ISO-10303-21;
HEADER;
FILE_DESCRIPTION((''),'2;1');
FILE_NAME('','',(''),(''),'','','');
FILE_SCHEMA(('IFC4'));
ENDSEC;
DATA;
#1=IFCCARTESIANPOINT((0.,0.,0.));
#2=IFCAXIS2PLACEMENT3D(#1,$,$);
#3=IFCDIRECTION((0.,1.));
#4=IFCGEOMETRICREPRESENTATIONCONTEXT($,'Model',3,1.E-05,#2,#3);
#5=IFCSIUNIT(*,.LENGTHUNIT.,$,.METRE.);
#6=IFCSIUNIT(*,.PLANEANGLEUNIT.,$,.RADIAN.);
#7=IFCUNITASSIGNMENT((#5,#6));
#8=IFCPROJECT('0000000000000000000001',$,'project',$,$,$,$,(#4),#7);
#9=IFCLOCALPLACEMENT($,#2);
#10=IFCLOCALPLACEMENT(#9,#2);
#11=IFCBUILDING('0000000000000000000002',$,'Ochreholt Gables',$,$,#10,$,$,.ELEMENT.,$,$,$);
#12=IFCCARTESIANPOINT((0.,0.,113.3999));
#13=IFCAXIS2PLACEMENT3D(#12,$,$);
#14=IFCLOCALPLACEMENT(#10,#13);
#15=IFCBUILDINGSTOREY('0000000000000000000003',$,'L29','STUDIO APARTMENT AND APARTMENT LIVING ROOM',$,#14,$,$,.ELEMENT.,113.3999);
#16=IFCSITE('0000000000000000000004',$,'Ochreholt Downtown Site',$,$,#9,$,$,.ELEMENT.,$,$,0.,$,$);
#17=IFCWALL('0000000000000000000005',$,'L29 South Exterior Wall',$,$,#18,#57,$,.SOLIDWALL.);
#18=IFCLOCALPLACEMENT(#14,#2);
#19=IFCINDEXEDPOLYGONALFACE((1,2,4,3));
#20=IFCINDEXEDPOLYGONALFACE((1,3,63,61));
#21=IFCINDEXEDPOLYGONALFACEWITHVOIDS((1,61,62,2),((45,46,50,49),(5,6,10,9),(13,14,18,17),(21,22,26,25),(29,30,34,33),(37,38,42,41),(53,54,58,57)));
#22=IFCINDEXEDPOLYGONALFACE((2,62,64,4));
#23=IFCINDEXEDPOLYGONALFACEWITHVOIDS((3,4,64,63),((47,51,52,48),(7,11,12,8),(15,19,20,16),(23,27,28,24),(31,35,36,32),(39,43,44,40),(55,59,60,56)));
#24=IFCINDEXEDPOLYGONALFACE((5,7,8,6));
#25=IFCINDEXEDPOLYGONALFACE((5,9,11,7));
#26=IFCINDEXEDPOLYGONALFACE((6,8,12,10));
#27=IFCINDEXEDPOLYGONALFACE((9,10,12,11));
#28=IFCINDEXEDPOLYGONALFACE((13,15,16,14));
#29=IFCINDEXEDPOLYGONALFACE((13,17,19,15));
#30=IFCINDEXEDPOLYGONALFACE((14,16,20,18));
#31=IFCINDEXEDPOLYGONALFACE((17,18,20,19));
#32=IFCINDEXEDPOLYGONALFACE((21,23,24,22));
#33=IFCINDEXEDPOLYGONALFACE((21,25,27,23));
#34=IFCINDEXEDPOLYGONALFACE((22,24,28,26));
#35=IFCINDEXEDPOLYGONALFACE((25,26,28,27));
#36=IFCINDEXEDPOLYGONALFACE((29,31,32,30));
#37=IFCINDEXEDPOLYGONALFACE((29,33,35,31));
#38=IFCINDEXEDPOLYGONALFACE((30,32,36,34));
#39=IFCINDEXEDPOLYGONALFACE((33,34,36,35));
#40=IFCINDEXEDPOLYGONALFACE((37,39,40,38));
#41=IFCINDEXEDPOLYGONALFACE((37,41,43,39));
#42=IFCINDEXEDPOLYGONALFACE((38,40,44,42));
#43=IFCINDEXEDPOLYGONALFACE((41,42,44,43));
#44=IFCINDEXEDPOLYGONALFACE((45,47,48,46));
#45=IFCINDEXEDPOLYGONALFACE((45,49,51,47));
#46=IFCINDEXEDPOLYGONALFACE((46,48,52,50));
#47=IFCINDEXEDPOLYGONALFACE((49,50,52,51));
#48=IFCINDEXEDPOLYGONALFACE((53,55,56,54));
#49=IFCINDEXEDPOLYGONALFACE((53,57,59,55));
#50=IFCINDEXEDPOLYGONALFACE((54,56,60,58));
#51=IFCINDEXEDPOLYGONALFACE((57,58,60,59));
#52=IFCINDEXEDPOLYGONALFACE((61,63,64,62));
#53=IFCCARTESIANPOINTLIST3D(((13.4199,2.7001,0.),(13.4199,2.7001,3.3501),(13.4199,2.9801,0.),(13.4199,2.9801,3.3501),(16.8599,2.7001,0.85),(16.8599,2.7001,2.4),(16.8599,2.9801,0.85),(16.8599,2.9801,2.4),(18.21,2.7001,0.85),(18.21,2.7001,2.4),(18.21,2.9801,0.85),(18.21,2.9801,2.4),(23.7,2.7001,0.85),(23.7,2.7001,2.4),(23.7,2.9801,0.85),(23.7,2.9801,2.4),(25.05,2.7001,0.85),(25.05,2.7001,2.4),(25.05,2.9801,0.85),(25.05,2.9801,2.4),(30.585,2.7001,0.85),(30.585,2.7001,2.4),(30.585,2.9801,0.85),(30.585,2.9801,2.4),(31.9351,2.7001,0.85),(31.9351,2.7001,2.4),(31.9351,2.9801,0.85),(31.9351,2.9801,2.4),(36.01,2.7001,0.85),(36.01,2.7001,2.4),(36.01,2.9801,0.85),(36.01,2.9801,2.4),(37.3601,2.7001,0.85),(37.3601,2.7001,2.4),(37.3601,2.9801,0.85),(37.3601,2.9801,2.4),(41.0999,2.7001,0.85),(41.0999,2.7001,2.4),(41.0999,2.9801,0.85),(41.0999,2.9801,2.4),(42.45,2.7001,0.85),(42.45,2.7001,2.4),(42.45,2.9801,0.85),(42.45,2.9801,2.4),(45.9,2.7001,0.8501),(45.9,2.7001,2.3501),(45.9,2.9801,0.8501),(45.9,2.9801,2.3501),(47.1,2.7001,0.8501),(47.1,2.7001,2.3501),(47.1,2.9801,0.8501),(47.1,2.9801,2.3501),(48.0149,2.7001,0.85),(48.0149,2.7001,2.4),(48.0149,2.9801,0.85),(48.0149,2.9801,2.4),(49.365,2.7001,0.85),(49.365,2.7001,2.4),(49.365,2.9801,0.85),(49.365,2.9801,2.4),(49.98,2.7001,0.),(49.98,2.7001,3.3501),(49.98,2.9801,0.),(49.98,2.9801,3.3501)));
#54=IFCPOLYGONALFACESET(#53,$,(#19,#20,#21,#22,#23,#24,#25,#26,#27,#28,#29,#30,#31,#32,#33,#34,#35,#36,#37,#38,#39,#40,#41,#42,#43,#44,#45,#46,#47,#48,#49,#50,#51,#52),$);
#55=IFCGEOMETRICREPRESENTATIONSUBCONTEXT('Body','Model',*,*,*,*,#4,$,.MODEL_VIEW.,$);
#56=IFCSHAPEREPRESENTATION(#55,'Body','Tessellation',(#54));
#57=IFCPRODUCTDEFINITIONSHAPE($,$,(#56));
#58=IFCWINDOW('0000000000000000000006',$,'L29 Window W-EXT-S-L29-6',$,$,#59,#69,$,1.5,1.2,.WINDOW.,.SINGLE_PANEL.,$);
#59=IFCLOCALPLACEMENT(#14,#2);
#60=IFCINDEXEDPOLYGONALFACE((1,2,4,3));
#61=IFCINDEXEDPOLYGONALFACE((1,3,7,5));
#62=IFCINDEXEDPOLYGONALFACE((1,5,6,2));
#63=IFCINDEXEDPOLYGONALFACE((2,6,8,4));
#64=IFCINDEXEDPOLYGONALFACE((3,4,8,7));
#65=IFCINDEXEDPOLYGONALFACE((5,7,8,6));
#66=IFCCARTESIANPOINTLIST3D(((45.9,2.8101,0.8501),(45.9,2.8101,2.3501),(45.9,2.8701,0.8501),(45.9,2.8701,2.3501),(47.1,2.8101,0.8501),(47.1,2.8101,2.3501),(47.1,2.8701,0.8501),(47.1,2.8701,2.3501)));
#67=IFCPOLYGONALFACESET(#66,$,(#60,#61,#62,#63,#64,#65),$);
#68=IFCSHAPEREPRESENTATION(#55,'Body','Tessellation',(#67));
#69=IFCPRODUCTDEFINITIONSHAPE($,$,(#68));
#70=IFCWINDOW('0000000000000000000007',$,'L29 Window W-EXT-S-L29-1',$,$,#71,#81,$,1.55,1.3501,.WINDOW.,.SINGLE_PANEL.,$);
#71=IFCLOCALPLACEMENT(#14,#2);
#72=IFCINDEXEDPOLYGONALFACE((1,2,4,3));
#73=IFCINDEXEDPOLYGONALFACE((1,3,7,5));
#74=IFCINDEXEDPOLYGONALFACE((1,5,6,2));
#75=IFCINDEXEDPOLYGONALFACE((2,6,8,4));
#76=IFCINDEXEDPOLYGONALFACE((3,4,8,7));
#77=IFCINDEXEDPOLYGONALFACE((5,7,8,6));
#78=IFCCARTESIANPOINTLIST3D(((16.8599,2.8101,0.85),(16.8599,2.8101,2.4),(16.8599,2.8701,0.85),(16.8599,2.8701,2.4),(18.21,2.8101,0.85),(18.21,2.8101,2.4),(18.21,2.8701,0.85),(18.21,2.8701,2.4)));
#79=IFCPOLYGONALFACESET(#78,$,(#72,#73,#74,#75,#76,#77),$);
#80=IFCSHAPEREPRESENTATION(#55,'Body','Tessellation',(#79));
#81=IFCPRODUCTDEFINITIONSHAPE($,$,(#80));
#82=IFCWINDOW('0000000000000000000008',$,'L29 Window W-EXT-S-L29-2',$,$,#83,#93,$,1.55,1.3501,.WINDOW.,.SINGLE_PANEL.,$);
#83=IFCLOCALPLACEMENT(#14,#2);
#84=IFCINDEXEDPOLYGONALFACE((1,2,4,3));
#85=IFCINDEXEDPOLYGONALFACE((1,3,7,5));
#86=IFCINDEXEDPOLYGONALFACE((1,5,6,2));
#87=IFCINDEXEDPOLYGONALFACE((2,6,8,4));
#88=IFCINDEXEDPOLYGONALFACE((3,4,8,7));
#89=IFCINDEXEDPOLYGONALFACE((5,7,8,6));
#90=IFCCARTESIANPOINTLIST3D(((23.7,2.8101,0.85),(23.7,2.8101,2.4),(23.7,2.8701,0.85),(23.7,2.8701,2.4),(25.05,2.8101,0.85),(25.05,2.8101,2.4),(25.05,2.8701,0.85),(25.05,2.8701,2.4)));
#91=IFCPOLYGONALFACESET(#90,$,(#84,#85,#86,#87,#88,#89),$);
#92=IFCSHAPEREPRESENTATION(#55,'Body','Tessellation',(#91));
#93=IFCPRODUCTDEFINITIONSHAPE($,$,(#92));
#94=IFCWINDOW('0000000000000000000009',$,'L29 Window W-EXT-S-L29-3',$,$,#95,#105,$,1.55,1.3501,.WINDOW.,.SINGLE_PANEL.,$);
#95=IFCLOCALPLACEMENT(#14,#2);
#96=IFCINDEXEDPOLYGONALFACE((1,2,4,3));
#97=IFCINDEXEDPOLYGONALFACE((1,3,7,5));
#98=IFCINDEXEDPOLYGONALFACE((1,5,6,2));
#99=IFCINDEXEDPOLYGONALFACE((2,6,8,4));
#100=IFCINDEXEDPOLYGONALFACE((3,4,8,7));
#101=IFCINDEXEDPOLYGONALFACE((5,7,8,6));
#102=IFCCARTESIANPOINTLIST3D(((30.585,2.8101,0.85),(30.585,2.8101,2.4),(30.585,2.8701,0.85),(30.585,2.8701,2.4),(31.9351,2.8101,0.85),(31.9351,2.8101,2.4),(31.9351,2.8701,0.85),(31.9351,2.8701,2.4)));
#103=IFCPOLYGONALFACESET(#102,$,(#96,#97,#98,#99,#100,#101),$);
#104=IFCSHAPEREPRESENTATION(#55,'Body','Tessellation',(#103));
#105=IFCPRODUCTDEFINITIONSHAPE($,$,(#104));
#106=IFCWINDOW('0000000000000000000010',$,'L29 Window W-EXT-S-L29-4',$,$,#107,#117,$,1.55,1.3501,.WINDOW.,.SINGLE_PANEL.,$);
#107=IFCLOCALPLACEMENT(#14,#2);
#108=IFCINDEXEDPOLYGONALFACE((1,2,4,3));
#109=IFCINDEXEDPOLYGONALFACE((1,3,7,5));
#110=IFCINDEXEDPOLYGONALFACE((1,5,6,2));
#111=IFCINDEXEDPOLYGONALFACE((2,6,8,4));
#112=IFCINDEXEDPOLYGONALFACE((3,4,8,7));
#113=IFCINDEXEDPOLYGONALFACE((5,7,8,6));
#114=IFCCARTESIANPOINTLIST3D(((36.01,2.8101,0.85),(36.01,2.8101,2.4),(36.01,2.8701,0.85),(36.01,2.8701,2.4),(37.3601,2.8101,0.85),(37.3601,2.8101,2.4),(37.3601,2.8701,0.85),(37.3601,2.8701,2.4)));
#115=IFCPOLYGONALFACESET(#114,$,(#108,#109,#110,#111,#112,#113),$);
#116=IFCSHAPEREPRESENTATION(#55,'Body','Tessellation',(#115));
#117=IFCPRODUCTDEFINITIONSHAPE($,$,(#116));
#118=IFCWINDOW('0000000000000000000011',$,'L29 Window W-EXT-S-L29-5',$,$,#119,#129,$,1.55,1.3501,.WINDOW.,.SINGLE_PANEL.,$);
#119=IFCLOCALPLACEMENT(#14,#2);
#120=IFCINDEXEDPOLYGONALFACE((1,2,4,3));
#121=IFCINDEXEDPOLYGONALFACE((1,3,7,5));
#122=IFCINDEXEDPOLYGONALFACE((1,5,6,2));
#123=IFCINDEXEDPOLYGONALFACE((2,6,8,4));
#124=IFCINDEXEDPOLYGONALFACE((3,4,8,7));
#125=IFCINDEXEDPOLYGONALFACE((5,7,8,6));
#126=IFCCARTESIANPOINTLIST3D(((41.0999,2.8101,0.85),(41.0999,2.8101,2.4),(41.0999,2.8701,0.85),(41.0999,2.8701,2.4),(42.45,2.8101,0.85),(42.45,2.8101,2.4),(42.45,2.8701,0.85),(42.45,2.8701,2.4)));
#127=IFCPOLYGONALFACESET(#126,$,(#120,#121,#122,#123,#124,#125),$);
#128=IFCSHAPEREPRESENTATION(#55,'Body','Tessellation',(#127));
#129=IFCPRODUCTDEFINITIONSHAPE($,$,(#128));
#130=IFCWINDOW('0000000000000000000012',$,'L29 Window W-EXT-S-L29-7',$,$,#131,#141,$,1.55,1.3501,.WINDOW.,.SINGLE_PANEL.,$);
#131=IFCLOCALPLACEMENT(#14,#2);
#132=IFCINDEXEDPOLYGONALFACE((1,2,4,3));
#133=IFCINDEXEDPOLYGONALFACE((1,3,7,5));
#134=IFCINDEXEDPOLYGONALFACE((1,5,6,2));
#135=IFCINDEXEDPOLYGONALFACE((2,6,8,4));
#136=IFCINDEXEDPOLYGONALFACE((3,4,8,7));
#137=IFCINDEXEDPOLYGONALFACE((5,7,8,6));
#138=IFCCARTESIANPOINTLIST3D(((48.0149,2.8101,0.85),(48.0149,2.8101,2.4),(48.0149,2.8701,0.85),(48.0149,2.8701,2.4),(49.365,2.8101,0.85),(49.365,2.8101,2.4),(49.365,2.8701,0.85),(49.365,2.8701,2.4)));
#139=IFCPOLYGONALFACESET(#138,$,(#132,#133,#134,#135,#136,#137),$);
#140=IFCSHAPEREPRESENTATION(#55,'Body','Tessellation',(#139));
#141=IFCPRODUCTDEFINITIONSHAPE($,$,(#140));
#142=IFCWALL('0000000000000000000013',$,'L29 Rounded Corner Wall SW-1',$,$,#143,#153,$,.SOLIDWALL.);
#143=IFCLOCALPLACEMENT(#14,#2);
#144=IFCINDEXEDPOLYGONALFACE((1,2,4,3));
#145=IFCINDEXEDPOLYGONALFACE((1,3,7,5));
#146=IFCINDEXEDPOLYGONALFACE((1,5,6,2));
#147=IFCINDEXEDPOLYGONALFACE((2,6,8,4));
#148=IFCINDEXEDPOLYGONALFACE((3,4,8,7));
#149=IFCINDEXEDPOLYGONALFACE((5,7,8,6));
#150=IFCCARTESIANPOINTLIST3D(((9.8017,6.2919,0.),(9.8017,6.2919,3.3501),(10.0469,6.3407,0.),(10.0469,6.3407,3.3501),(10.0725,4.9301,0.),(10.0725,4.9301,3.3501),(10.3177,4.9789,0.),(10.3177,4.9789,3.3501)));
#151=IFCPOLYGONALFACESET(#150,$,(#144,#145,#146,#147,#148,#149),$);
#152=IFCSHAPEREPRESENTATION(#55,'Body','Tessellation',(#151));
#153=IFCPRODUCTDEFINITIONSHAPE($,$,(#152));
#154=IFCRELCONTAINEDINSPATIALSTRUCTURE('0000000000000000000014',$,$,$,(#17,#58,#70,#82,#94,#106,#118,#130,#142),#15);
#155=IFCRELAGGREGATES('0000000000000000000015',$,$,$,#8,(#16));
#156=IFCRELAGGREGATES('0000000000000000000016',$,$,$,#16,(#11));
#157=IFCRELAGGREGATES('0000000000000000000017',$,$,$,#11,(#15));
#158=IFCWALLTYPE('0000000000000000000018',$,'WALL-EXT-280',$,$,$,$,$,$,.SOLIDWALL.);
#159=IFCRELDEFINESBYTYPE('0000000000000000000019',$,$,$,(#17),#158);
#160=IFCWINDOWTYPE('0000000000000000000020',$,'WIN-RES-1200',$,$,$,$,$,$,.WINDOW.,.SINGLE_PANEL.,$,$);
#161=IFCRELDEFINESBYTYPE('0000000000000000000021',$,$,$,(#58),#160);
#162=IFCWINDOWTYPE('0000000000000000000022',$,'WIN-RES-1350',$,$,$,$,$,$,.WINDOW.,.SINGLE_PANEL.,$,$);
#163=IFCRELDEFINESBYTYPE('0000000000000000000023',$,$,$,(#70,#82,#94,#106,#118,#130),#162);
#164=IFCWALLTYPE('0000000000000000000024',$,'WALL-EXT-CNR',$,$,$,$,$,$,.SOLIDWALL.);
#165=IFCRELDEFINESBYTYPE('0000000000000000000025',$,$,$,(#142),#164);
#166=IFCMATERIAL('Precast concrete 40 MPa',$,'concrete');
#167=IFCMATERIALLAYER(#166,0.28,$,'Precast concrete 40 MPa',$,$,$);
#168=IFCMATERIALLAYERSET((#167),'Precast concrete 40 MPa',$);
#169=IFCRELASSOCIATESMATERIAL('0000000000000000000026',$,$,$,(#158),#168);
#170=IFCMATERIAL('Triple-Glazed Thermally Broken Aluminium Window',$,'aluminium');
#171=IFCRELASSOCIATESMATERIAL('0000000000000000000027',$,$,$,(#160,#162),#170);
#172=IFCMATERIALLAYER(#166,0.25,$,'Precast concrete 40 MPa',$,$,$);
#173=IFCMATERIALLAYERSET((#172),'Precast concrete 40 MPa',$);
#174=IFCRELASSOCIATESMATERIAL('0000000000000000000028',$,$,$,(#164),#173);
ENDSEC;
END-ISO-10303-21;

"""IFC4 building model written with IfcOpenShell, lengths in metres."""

from ifc_helpers import new_model, si_unit, direction, frame, frame_2d, origin, place, context, subcontext, project, spatial, rectangle, extrude, material, layer, layer_set, type_object, element, fill, save


model = new_model("IFC4")

# Units and contexts
model_context = context("Model", 3, precision=1e-05, world=origin(), true_north=direction((0.0, 1.0)))
body_context = subcontext(model_context, "Body", "Model", "MODEL_VIEW")
ifc_project = project(units=[si_unit("LENGTHUNIT", "METRE"), si_unit("PLANEANGLEUNIT", "RADIAN")], contexts=[model_context])

# Site, building, storey
site_placement = place(None, origin())
site = spatial("IfcSite", under=ifc_project, at=site_placement, Name="Ochreholt Downtown Site", CompositionType="ELEMENT", RefElevation=0.0)
building_placement = place(site_placement, origin())
building = spatial("IfcBuilding", under=site, at=building_placement, Name="Ochreholt Gables", CompositionType="ELEMENT")
storey_placement = place(building_placement, frame((0.0, 0.0, 113.3999)))
storey = spatial("IfcBuildingStorey", under=building, at=storey_placement, Name="L29", Description="STUDIO APARTMENT AND APARTMENT LIVING ROOM", CompositionType="ELEMENT", Elevation=113.3999)

# Wall, openings, windows
ifc_material_1 = material(Name="Precast concrete 40 MPa", Category="concrete")
ifc_layer_1 = layer(ifc_material_1, 0.28, Name="Precast concrete 40 MPa")
ifc_layer_set_1 = layer_set([ifc_layer_1], Name="Precast concrete 40 MPa")
wall_type_1 = type_object("IfcWallType", Name="WALL-EXT-280", PredefinedType="SOLIDWALL", material=ifc_layer_set_1)
wall_1_placement = place(storey_placement, frame((13.4199, 2.8401, 0.0), z_axis=(0.0, 0.0, 1.0), x_axis=(1.0, 0.0, 0.0)))
wall_1 = element("IfcWall", 1, at=wall_1_placement, inside=storey, type_object=wall_type_1, Name="L29 South Exterior Wall", PredefinedType="SOLIDWALL", context=body_context, shape_type="SweptSolid", body=[
    extrude(rectangle(XDim=36.5601, YDim=0.28, at=frame_2d((18.28, 0.0))), origin(), (0.0, 0.0, 1.0), 3.3501),
])
opening_1_placement = place(wall_1_placement, frame((3.4399, 0.0, 0.8501)))
opening_1 = element("IfcOpeningElement", 2, at=opening_1_placement, cuts=wall_1, PredefinedType="OPENING", context=body_context, shape_type="SweptSolid", body=[
    extrude(rectangle(XDim=1.3501, YDim=1.55, at=frame_2d((0.675, 0.7749))), frame((0.0, 0.1499, 0.0), z_axis=(0.0, -1.0, 0.0), x_axis=(1.0, 0.0, 0.0)), (0.0, 0.0, 1.0), 0.3),
])
opening_2_placement = place(wall_1_placement, frame((10.28, 0.0, 0.8501)))
opening_2 = element("IfcOpeningElement", 3, at=opening_2_placement, cuts=wall_1, PredefinedType="OPENING", context=body_context, shape_type="SweptSolid", body=[
    extrude(rectangle(XDim=1.3501, YDim=1.55, at=frame_2d((0.675, 0.7749))), frame((0.0, 0.1499, 0.0), z_axis=(0.0, -1.0, 0.0), x_axis=(1.0, 0.0, 0.0)), (0.0, 0.0, 1.0), 0.3),
])
opening_3_placement = place(wall_1_placement, frame((17.165, 0.0, 0.8501)))
opening_3 = element("IfcOpeningElement", 4, at=opening_3_placement, cuts=wall_1, PredefinedType="OPENING", context=body_context, shape_type="SweptSolid", body=[
    extrude(rectangle(XDim=1.3501, YDim=1.55, at=frame_2d((0.675, 0.7749))), frame((0.0, 0.1499, 0.0), z_axis=(0.0, -1.0, 0.0), x_axis=(1.0, 0.0, 0.0)), (0.0, 0.0, 1.0), 0.3),
])
opening_4_placement = place(wall_1_placement, frame((22.5901, 0.0, 0.8501)))
opening_4 = element("IfcOpeningElement", 5, at=opening_4_placement, cuts=wall_1, PredefinedType="OPENING", context=body_context, shape_type="SweptSolid", body=[
    extrude(rectangle(XDim=1.3501, YDim=1.55, at=frame_2d((0.675, 0.7749))), frame((0.0, 0.1499, 0.0), z_axis=(0.0, -1.0, 0.0), x_axis=(1.0, 0.0, 0.0)), (0.0, 0.0, 1.0), 0.3),
])
opening_5_placement = place(wall_1_placement, frame((27.6799, 0.0, 0.8501)))
opening_5 = element("IfcOpeningElement", 6, at=opening_5_placement, cuts=wall_1, PredefinedType="OPENING", context=body_context, shape_type="SweptSolid", body=[
    extrude(rectangle(XDim=1.3501, YDim=1.55, at=frame_2d((0.675, 0.7749))), frame((0.0, 0.1499, 0.0), z_axis=(0.0, -1.0, 0.0), x_axis=(1.0, 0.0, 0.0)), (0.0, 0.0, 1.0), 0.3),
])
opening_6_placement = place(wall_1_placement, frame((32.48, 0.0, 0.8501)))
opening_6 = element("IfcOpeningElement", 7, at=opening_6_placement, cuts=wall_1, PredefinedType="OPENING", context=body_context, shape_type="SweptSolid", body=[
    extrude(rectangle(XDim=1.2, YDim=1.5, at=frame_2d((0.6001, 0.75))), frame((0.0, 0.1499, 0.0), z_axis=(0.0, -1.0, 0.0), x_axis=(1.0, 0.0, 0.0)), (0.0, 0.0, 1.0), 0.3),
])
opening_7_placement = place(wall_1_placement, frame((34.595, 0.0, 0.8501)))
opening_7 = element("IfcOpeningElement", 8, at=opening_7_placement, cuts=wall_1, PredefinedType="OPENING", context=body_context, shape_type="SweptSolid", body=[
    extrude(rectangle(XDim=1.3501, YDim=1.55, at=frame_2d((0.675, 0.7749))), frame((0.0, 0.1499, 0.0), z_axis=(0.0, -1.0, 0.0), x_axis=(1.0, 0.0, 0.0)), (0.0, 0.0, 1.0), 0.3),
])
ifc_material_2 = material(Name="Triple-Glazed Thermally Broken Aluminium Window", Category="aluminium")
window_type_1 = type_object("IfcWindowType", Name="WIN-RES-1200", PartitioningType="SINGLE_PANEL", PredefinedType="WINDOW", material=ifc_material_2)
window_1_placement = place(opening_6_placement, origin())
window_1 = element("IfcWindow", 9, at=window_1_placement, inside=storey, type_object=window_type_1, Name="L29 Window W-EXT-S-L29-6", OverallHeight=1.5, OverallWidth=1.2, PartitioningType="SINGLE_PANEL", PredefinedType="WINDOW", context=body_context, shape_type="SweptSolid", body=[
    extrude(rectangle(XDim=1.2, YDim=1.5, at=frame_2d((0.6001, 0.75))), frame((0.0, 0.03, 0.0), z_axis=(0.0, -1.0, 0.0), x_axis=(1.0, 0.0, 0.0)), (0.0, 0.0, 1.0), 0.0601),
])
fill(opening_6, window_1)
window_type_2 = type_object("IfcWindowType", Name="WIN-RES-1350", PartitioningType="SINGLE_PANEL", PredefinedType="WINDOW", material=ifc_material_2)
window_2_placement = place(opening_1_placement, origin())
window_2 = element("IfcWindow", 10, at=window_2_placement, inside=storey, type_object=window_type_2, Name="L29 Window W-EXT-S-L29-1", OverallHeight=1.55, OverallWidth=1.3501, PartitioningType="SINGLE_PANEL", PredefinedType="WINDOW", context=body_context, shape_type="SweptSolid", body=[
    extrude(rectangle(XDim=1.3501, YDim=1.55, at=frame_2d((0.675, 0.7749))), frame((0.0, 0.03, 0.0), z_axis=(0.0, -1.0, 0.0), x_axis=(1.0, 0.0, 0.0)), (0.0, 0.0, 1.0), 0.0601),
])
fill(opening_1, window_2)
window_3_placement = place(opening_2_placement, origin())
window_3 = element("IfcWindow", 11, at=window_3_placement, inside=storey, type_object=window_type_2, Name="L29 Window W-EXT-S-L29-2", OverallHeight=1.55, OverallWidth=1.3501, PartitioningType="SINGLE_PANEL", PredefinedType="WINDOW", context=body_context, shape_type="SweptSolid", body=[
    extrude(rectangle(XDim=1.3501, YDim=1.55, at=frame_2d((0.675, 0.7749))), frame((0.0, 0.03, 0.0), z_axis=(0.0, -1.0, 0.0), x_axis=(1.0, 0.0, 0.0)), (0.0, 0.0, 1.0), 0.0601),
])
fill(opening_2, window_3)
window_4_placement = place(opening_3_placement, origin())
window_4 = element("IfcWindow", 12, at=window_4_placement, inside=storey, type_object=window_type_2, Name="L29 Window W-EXT-S-L29-3", OverallHeight=1.55, OverallWidth=1.3501, PartitioningType="SINGLE_PANEL", PredefinedType="WINDOW", context=body_context, shape_type="SweptSolid", body=[
    extrude(rectangle(XDim=1.3501, YDim=1.55, at=frame_2d((0.675, 0.7749))), frame((0.0, 0.03, 0.0), z_axis=(0.0, -1.0, 0.0), x_axis=(1.0, 0.0, 0.0)), (0.0, 0.0, 1.0), 0.0601),
])
fill(opening_3, window_4)
window_5_placement = place(opening_4_placement, origin())
window_5 = element("IfcWindow", 13, at=window_5_placement, inside=storey, type_object=window_type_2, Name="L29 Window W-EXT-S-L29-4", OverallHeight=1.55, OverallWidth=1.3501, PartitioningType="SINGLE_PANEL", PredefinedType="WINDOW", context=body_context, shape_type="SweptSolid", body=[
    extrude(rectangle(XDim=1.3501, YDim=1.55, at=frame_2d((0.675, 0.7749))), frame((0.0, 0.03, 0.0), z_axis=(0.0, -1.0, 0.0), x_axis=(1.0, 0.0, 0.0)), (0.0, 0.0, 1.0), 0.0601),
])
fill(opening_4, window_5)
window_6_placement = place(opening_5_placement, origin())
window_6 = element("IfcWindow", 14, at=window_6_placement, inside=storey, type_object=window_type_2, Name="L29 Window W-EXT-S-L29-5", OverallHeight=1.55, OverallWidth=1.3501, PartitioningType="SINGLE_PANEL", PredefinedType="WINDOW", context=body_context, shape_type="SweptSolid", body=[
    extrude(rectangle(XDim=1.3501, YDim=1.55, at=frame_2d((0.675, 0.7749))), frame((0.0, 0.03, 0.0), z_axis=(0.0, -1.0, 0.0), x_axis=(1.0, 0.0, 0.0)), (0.0, 0.0, 1.0), 0.0601),
])
fill(opening_5, window_6)
window_7_placement = place(opening_7_placement, origin())
window_7 = element("IfcWindow", 15, at=window_7_placement, inside=storey, type_object=window_type_2, Name="L29 Window W-EXT-S-L29-7", OverallHeight=1.55, OverallWidth=1.3501, PartitioningType="SINGLE_PANEL", PredefinedType="WINDOW", context=body_context, shape_type="SweptSolid", body=[
    extrude(rectangle(XDim=1.3501, YDim=1.55, at=frame_2d((0.675, 0.7749))), frame((0.0, 0.03, 0.0), z_axis=(0.0, -1.0, 0.0), x_axis=(1.0, 0.0, 0.0)), (0.0, 0.0, 1.0), 0.0601),
])
fill(opening_7, window_7)

# Wall
ifc_layer_2 = layer(ifc_material_1, 0.25, Name="Precast concrete 40 MPa")
ifc_layer_set_2 = layer_set([ifc_layer_2], Name="Precast concrete 40 MPa")
wall_type_2 = type_object("IfcWallType", Name="WALL-EXT-CNR", PredefinedType="SOLIDWALL", material=ifc_layer_set_2)
wall_2_placement = place(storey_placement, frame((9.9243, 6.3164, 0.0), z_axis=(0.0, 0.0, 1.0), x_axis=(0.195, -0.980803, 0.0)))
element("IfcWall", 16, at=wall_2_placement, inside=storey, type_object=wall_type_2, Name="L29 Rounded Corner Wall SW-1", PredefinedType="SOLIDWALL", context=body_context, shape_type="SweptSolid", body=[
    extrude(rectangle(XDim=1.3884, YDim=0.25, at=frame_2d((0.6943, 0.0))), origin(), (0.0, 0.0, 1.0), 3.3501),
])

save(model, "model.ifc")
